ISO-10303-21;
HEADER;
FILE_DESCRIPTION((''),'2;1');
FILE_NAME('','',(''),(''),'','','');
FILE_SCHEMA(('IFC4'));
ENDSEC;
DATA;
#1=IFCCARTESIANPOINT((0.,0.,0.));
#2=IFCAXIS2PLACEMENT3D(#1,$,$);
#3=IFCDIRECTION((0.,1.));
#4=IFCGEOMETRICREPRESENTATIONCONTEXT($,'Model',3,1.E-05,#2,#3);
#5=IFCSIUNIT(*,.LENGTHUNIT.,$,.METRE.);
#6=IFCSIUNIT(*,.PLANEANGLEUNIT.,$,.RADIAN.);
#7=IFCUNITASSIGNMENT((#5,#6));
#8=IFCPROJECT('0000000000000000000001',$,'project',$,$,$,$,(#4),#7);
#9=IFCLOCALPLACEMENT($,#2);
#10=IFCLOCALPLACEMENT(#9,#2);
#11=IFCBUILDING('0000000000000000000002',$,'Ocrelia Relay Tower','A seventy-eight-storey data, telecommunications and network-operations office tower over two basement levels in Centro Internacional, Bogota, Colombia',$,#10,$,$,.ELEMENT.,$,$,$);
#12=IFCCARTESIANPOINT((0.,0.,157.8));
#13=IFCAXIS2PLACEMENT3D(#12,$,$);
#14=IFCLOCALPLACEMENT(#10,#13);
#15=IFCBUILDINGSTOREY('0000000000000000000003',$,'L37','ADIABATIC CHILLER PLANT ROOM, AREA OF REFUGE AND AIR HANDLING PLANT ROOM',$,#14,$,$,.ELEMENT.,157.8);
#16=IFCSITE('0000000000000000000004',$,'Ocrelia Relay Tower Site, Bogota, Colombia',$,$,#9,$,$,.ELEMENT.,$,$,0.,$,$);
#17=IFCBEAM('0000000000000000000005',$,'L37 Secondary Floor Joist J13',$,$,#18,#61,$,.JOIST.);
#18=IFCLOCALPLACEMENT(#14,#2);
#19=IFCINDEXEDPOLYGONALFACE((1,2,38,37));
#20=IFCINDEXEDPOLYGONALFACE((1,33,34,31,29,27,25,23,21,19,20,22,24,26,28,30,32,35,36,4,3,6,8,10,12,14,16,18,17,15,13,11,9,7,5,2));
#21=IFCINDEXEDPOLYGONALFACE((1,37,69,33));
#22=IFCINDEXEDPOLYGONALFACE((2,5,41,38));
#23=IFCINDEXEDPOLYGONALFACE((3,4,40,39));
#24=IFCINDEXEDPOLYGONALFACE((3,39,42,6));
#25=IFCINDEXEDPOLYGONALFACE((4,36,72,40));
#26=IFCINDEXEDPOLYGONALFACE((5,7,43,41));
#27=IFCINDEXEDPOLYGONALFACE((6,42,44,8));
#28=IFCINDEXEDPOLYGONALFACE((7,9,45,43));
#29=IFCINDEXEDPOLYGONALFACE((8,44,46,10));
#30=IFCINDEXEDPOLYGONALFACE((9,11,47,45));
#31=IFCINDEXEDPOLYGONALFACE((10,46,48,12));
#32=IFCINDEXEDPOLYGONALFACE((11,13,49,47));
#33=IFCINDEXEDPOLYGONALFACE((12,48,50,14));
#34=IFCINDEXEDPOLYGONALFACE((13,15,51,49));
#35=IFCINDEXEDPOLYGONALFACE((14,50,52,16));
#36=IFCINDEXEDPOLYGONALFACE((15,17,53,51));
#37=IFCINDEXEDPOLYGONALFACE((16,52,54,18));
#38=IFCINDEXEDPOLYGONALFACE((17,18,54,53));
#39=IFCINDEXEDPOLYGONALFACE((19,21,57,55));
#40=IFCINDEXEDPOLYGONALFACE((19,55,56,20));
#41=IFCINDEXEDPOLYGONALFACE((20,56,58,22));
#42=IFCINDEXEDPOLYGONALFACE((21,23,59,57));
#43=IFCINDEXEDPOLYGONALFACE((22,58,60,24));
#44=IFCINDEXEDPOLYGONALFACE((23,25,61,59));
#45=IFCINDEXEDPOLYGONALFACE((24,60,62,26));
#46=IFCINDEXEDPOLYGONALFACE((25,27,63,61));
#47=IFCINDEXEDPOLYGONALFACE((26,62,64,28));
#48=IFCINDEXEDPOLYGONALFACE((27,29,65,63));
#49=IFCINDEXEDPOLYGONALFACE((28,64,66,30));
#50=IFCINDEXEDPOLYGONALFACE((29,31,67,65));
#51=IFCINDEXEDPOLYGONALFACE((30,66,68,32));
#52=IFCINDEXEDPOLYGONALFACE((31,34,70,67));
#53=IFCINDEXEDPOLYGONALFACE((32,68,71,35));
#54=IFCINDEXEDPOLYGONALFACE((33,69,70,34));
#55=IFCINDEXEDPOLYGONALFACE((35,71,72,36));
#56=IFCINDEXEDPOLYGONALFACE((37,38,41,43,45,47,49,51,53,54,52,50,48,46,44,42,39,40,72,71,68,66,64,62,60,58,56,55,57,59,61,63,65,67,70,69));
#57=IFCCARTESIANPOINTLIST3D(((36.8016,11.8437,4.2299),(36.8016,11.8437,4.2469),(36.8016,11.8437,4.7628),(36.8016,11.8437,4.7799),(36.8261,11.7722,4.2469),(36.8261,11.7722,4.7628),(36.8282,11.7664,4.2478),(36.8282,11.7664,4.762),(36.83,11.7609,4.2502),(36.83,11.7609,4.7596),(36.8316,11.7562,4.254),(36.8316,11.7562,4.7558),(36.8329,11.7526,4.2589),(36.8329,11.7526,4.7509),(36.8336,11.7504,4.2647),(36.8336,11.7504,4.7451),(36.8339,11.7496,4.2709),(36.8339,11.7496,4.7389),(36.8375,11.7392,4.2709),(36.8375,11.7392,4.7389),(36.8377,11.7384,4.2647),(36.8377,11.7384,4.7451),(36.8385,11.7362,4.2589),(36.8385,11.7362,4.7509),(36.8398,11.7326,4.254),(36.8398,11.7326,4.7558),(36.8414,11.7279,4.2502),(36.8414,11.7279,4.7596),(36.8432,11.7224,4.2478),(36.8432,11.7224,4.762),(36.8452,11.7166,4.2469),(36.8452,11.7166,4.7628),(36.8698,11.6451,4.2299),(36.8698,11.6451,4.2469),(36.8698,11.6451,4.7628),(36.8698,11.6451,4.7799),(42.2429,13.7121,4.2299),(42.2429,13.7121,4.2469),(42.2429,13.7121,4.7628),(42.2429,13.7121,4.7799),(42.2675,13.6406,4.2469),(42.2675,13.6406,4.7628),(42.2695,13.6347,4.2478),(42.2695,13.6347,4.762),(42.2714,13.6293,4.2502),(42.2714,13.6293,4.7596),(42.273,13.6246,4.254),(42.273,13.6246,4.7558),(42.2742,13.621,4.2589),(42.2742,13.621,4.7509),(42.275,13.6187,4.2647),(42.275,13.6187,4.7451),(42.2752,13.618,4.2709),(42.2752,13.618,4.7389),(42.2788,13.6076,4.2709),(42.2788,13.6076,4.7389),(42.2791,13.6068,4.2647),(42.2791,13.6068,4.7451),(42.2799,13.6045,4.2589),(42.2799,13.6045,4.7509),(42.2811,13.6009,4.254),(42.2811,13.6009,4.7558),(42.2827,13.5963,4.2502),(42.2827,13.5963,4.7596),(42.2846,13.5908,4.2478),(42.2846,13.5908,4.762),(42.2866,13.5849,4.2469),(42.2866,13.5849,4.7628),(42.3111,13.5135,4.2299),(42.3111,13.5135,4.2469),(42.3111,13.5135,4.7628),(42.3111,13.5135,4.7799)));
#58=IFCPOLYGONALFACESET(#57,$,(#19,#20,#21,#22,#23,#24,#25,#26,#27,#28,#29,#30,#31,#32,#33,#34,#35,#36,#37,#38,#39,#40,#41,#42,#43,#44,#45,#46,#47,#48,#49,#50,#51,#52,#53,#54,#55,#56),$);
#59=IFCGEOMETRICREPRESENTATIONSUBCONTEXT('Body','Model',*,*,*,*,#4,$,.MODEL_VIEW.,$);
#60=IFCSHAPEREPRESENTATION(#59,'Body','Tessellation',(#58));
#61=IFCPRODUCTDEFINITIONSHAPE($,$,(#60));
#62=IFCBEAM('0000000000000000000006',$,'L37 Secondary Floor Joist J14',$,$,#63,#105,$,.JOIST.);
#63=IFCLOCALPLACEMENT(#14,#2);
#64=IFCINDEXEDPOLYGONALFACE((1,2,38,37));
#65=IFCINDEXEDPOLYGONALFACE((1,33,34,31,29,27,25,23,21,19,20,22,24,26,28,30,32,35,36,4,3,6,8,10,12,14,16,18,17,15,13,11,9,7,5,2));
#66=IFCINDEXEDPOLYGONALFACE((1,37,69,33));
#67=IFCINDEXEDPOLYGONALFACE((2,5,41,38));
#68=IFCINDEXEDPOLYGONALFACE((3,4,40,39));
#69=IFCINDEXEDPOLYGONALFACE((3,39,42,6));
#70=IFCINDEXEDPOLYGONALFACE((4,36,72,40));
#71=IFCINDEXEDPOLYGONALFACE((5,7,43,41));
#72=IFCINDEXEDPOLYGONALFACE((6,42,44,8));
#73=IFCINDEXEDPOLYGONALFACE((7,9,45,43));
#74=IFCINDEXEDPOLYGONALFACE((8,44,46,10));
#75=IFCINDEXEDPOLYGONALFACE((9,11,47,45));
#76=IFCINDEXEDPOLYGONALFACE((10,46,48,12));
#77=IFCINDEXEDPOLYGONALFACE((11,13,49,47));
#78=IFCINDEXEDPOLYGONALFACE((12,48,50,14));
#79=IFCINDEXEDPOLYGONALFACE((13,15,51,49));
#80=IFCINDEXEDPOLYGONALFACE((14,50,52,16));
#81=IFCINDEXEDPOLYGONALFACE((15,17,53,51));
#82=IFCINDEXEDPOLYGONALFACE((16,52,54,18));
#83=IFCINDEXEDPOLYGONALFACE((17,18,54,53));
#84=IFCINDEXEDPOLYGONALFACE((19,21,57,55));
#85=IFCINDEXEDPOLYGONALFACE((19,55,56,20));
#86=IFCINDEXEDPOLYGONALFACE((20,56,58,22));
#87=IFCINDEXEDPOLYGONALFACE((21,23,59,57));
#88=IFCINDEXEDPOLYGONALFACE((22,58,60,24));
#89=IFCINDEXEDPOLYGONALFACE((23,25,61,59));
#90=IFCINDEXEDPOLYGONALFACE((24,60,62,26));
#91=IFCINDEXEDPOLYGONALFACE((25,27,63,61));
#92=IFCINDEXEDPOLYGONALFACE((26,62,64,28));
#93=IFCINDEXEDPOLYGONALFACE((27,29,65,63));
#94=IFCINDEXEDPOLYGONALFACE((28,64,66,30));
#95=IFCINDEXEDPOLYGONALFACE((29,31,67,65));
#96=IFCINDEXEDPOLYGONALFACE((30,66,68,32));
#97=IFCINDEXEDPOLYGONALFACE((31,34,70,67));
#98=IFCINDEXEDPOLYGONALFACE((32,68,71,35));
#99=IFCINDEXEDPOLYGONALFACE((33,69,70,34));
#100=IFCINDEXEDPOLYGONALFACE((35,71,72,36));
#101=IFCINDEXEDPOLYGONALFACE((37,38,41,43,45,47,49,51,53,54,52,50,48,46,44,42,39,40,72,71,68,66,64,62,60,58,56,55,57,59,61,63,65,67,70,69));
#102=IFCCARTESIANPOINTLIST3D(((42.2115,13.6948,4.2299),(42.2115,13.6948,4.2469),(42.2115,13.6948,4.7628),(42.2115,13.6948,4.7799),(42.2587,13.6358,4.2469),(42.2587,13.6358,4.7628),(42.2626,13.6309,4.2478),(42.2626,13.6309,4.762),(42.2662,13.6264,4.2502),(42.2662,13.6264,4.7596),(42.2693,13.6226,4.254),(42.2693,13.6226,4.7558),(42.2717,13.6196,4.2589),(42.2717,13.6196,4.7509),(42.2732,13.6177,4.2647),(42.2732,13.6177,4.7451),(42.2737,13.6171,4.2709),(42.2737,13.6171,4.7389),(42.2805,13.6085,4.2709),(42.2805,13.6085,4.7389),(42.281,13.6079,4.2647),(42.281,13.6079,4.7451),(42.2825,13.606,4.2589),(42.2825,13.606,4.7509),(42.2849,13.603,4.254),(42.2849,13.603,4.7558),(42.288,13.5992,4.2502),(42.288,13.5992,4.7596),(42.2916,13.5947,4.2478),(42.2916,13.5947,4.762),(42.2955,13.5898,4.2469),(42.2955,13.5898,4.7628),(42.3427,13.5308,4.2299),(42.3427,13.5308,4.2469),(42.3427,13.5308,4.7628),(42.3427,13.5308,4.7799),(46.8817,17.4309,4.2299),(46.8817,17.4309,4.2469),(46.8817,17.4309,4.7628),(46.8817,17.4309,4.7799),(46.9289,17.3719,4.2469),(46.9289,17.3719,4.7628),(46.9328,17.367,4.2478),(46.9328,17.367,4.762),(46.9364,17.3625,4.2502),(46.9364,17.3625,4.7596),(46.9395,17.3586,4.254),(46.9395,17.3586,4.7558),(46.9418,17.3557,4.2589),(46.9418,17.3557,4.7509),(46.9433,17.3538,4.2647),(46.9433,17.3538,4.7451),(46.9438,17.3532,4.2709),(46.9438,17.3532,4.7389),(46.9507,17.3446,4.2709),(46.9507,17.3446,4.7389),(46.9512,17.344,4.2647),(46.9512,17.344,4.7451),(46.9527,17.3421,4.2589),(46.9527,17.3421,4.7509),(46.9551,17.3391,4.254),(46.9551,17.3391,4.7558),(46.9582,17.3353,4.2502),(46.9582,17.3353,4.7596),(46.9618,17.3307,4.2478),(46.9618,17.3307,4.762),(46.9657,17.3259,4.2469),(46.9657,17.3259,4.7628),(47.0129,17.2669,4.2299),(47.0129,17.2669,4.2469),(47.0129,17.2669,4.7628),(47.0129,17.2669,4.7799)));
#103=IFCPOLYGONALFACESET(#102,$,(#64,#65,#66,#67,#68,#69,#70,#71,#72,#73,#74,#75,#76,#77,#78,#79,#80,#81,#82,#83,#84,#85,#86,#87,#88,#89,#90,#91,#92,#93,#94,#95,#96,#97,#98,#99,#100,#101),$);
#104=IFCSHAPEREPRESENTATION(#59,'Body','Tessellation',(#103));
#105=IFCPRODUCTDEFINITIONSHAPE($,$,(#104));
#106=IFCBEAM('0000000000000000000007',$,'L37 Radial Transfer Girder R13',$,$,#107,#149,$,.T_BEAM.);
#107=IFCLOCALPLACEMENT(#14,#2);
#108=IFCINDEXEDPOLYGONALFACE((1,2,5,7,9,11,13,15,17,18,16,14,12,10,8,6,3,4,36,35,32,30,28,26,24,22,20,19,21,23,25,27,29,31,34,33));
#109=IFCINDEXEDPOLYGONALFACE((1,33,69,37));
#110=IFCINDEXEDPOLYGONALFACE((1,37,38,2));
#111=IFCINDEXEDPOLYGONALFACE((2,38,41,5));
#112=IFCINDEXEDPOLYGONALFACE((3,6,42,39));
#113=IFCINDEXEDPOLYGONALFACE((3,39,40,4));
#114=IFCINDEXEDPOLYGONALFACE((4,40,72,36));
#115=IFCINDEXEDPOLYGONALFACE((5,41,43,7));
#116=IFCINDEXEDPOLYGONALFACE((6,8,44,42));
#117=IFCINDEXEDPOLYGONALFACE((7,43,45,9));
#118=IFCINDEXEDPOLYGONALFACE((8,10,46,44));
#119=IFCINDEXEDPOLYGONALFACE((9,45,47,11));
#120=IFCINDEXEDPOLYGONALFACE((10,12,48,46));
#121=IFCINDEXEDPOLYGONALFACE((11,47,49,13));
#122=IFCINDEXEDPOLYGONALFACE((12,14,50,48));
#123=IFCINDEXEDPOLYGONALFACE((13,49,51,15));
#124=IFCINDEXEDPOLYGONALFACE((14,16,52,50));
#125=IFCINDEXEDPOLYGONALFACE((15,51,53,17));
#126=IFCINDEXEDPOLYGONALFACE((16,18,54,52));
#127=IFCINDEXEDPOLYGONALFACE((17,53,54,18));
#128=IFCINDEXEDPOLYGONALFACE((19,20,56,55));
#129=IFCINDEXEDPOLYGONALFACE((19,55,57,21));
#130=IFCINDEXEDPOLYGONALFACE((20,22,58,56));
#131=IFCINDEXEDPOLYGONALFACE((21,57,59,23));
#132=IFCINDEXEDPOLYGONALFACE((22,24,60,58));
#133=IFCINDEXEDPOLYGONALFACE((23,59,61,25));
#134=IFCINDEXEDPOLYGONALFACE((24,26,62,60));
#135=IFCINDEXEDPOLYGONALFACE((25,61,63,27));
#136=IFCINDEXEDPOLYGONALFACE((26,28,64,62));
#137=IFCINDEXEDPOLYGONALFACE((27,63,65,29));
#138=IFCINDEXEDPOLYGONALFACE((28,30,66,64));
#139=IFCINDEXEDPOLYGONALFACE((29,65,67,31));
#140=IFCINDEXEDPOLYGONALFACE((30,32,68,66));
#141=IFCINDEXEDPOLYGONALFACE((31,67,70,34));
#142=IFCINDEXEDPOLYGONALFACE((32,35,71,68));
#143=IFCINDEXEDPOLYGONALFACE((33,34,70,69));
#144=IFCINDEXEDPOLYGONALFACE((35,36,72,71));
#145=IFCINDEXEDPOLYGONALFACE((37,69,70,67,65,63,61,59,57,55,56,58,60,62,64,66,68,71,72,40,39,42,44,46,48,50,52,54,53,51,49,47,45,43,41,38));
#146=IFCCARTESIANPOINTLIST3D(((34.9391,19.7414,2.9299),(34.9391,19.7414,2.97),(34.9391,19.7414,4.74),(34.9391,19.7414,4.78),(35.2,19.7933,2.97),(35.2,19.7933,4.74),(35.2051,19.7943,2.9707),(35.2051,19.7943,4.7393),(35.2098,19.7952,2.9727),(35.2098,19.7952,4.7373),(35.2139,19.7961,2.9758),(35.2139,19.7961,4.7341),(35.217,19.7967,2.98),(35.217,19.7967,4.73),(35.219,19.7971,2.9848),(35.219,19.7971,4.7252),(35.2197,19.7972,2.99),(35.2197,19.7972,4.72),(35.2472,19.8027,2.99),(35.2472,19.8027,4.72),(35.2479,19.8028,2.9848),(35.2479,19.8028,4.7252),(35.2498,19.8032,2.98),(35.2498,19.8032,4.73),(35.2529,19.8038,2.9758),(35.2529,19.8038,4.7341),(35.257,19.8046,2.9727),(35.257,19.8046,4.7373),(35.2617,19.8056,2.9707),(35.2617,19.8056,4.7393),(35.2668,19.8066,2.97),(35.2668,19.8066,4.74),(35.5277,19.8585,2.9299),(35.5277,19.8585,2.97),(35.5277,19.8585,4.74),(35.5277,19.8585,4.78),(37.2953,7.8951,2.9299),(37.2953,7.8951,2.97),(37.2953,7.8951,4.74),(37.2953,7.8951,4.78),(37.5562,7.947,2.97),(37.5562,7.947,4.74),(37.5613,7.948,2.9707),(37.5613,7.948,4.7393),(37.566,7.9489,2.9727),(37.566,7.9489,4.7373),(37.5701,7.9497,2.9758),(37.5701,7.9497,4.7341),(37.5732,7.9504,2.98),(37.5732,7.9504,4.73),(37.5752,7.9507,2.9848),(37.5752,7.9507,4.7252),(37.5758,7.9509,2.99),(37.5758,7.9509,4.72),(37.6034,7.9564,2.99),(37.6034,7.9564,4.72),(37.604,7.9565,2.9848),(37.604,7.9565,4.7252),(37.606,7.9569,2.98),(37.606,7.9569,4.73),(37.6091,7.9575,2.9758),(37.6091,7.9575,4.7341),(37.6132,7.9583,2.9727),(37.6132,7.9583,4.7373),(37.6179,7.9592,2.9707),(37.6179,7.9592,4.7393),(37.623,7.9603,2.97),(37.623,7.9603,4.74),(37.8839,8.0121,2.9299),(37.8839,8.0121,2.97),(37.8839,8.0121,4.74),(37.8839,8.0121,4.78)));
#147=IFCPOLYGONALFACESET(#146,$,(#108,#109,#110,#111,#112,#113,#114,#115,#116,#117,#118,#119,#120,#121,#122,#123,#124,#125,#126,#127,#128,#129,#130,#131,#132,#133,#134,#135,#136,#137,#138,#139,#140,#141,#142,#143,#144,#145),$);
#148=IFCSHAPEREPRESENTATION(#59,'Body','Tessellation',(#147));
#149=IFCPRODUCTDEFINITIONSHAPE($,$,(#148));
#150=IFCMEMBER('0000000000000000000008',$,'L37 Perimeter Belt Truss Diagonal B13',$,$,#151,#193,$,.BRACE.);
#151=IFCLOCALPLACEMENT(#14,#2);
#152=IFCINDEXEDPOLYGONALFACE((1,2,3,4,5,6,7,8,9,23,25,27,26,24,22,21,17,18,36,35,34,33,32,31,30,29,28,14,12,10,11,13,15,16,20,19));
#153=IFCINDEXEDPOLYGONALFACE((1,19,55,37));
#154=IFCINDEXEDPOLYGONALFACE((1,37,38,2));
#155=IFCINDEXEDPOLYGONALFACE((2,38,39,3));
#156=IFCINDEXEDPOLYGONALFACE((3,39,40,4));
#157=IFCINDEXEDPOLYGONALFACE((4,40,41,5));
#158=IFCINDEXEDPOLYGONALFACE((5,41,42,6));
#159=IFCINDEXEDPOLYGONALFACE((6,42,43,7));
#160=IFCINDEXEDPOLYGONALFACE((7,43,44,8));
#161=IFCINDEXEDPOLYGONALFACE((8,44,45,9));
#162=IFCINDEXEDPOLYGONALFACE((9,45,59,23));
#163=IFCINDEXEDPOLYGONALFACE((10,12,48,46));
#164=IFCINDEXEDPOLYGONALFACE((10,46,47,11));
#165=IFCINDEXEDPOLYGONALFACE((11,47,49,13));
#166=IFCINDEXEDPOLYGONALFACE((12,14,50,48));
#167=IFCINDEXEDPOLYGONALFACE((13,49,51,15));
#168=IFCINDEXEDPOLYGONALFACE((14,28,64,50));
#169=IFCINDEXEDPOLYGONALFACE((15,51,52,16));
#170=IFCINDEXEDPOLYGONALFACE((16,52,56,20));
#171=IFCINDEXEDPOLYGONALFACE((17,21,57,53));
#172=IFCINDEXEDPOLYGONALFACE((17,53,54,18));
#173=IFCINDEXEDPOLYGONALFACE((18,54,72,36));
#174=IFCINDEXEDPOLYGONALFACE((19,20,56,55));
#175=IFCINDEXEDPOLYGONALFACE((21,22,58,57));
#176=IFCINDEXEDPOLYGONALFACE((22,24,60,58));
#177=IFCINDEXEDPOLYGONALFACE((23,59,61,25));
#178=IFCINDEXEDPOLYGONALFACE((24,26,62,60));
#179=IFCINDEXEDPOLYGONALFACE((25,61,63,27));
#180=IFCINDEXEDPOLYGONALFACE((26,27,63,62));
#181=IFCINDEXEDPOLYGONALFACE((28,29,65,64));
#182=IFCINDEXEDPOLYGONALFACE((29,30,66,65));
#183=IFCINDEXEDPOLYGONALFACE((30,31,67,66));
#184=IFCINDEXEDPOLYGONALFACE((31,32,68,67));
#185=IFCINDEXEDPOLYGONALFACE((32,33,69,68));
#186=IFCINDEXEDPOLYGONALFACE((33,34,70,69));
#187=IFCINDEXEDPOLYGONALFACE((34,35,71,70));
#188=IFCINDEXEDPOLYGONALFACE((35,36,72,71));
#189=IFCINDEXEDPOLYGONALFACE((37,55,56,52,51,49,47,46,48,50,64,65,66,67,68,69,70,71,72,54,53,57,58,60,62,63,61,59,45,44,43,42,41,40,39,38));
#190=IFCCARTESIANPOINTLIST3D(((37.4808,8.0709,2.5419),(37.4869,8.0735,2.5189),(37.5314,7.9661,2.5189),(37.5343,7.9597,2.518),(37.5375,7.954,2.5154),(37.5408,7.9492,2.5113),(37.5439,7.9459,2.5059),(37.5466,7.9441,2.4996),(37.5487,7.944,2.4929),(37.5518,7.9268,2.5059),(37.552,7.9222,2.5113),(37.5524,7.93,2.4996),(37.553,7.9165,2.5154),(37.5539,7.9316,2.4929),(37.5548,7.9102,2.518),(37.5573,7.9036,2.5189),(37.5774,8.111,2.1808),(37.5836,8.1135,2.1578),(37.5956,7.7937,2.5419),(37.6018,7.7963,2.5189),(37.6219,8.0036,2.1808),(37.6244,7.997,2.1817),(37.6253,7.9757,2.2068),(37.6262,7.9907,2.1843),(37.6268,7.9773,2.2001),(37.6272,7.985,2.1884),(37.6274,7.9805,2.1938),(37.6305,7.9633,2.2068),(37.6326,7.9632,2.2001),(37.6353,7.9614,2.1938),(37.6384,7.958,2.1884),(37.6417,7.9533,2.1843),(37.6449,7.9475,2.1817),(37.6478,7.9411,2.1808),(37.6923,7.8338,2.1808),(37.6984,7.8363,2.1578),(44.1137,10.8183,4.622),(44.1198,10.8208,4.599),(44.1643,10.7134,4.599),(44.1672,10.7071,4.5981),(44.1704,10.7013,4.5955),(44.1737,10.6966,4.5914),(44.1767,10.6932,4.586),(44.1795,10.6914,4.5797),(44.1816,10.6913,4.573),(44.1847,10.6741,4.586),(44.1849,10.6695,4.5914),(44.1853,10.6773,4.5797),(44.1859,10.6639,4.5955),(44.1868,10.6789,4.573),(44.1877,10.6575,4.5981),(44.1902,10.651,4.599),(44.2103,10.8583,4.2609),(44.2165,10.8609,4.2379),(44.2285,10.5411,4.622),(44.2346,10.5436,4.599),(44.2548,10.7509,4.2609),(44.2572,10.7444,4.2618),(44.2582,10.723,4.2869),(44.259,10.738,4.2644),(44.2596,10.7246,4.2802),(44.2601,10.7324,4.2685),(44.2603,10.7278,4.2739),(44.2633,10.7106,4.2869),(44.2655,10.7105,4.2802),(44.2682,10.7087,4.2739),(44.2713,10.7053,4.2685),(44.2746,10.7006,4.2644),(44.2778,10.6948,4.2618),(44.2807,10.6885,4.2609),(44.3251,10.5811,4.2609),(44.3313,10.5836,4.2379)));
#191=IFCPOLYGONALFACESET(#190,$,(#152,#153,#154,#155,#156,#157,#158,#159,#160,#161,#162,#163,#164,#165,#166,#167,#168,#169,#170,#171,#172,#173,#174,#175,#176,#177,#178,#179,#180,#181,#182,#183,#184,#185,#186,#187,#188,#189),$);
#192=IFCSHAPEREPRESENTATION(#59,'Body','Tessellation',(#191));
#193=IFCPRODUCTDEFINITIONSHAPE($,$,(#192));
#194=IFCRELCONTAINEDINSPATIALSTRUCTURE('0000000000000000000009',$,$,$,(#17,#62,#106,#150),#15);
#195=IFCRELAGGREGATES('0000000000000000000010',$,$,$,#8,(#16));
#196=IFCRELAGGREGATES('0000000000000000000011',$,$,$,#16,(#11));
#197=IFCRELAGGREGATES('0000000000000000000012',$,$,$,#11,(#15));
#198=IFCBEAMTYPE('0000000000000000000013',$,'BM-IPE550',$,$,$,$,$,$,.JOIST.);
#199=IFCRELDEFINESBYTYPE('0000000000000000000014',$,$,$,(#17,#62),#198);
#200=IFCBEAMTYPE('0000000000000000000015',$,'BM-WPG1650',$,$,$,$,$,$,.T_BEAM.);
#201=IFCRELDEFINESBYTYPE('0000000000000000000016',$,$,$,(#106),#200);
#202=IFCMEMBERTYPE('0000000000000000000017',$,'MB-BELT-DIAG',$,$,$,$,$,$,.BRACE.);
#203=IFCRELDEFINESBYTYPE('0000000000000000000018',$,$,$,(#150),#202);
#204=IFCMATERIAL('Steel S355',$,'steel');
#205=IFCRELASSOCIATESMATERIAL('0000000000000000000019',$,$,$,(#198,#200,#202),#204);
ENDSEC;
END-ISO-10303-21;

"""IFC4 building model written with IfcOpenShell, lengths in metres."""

from ifc_helpers import new_model, si_unit, direction, frame, origin, origin_2d, place, context, subcontext, project, spatial, i_section, extrude, material, material_profile, profile_set, type_object, element, save


model = new_model("IFC4")

# Units and contexts
model_context = context("Model", 3, precision=1e-05, world=origin(), true_north=direction((0.0, 1.0)))
body_context = subcontext(model_context, "Body", "Model", "MODEL_VIEW")
ifc_project = project(units=[si_unit("LENGTHUNIT", "METRE"), si_unit("PLANEANGLEUNIT", "RADIAN")], contexts=[model_context])

# Site, building, storey
site_placement = place(None, origin())
site = spatial("IfcSite", under=ifc_project, at=site_placement, Name="Ocrelia Relay Tower Site, Bogota, Colombia", CompositionType="ELEMENT", RefElevation=0.0)
building_placement = place(site_placement, origin())
building = spatial("IfcBuilding", under=site, at=building_placement, Name="Ocrelia Relay Tower", Description="A seventy-eight-storey data, telecommunications and network-operations office tower over two basement levels in Centro Internacional, Bogota, Colombia", CompositionType="ELEMENT")
storey_placement = place(building_placement, frame((0.0, 0.0, 157.8)))
storey = spatial("IfcBuildingStorey", under=building, at=storey_placement, Name="L37", Description="ADIABATIC CHILLER PLANT ROOM, AREA OF REFUGE AND AIR HANDLING PLANT ROOM", CompositionType="ELEMENT", Elevation=157.8)

# Beams
ifc_material_1 = material(Name="Steel S355", Category="steel")
ifc_material_profile_1 = material_profile(ifc_material_1, i_section(OverallWidth=0.21, OverallDepth=0.55, WebThickness=0.011, FlangeThickness=0.0171, FilletRadius=0.0239, at=origin_2d()), Name="IPE 550")
ifc_profile_set_1 = profile_set([ifc_material_profile_1], Name="Steel S355")
beam_type_1 = type_object("IfcBeamType", Name="BM-IPE550", PredefinedType="JOIST", material=ifc_profile_set_1)
beam_1_placement = place(storey_placement, frame((36.8357, 11.7444, 4.5049), z_axis=(0.945797, 0.324757, 0.0), x_axis=(-0.324757, 0.945797, 0.0)))
element("IfcBeam", 1, at=beam_1_placement, inside=storey, type_object=beam_type_1, Name="L37 Secondary Floor Joist J13", PredefinedType="JOIST", context=body_context, shape_type="SweptSolid", body=[
    extrude(i_section(OverallWidth=0.21, OverallDepth=0.55, WebThickness=0.011, FlangeThickness=0.0171, FilletRadius=0.0239, at=origin_2d()), origin(), (0.0, 0.0, 1.0), 5.7532),
])
beam_2_placement = place(storey_placement, frame((42.2771, 13.6128, 4.5049), z_axis=(0.780873, 0.62469, 0.0), x_axis=(-0.62469, 0.780873, 0.0)))
element("IfcBeam", 2, at=beam_2_placement, inside=storey, type_object=beam_type_1, Name="L37 Secondary Floor Joist J14", PredefinedType="JOIST", context=body_context, shape_type="SweptSolid", body=[
    extrude(i_section(OverallWidth=0.21, OverallDepth=0.55, WebThickness=0.011, FlangeThickness=0.0171, FilletRadius=0.0239, at=origin_2d()), origin(), (0.0, 0.0, 1.0), 5.9807),
])
ifc_material_profile_2 = material_profile(ifc_material_1, i_section(OverallWidth=0.6001, OverallDepth=1.8501, WebThickness=0.0281, FlangeThickness=0.04, FilletRadius=0.02, at=origin_2d()), Name="WPG 1850x600")
ifc_profile_set_2 = profile_set([ifc_material_profile_2], Name="Steel S355")
beam_type_2 = type_object("IfcBeamType", Name="BM-WPG1650", PredefinedType="T_BEAM", material=ifc_profile_set_2)
beam_3_placement = place(storey_placement, frame((37.5896, 7.9536, 3.855), z_axis=(-0.195074, 0.980788, 0.0), x_axis=(-0.980788, -0.195074, 0.0)))
element("IfcBeam", 3, at=beam_3_placement, inside=storey, type_object=beam_type_2, Name="L37 Radial Transfer Girder R13", PredefinedType="T_BEAM", context=body_context, shape_type="SweptSolid", body=[
    extrude(i_section(OverallWidth=0.6001, OverallDepth=1.8501, WebThickness=0.0281, FlangeThickness=0.04, FilletRadius=0.02, at=origin_2d()), origin(), (0.0, 0.0, 1.0), 12.0784),
])

# Member
ifc_material_profile_3 = material_profile(ifc_material_1, i_section(OverallWidth=0.3, OverallDepth=0.3999, WebThickness=0.0134, FlangeThickness=0.0239, FilletRadius=0.0271, at=origin_2d()), Name="HEB 400")
ifc_profile_set_3 = profile_set([ifc_material_profile_3], Name="Steel S355")
member_type_1 = type_object("IfcMemberType", Name="MB-BELT-DIAG", PredefinedType="BRACE", material=ifc_profile_set_3)
member_1_placement = place(storey_placement, frame((37.5896, 7.9536, 2.3499), z_axis=(0.887388, 0.367557, 0.278289), x_axis=(-0.382673, 0.923884, 0.0)))
element("IfcMember", 4, at=member_1_placement, inside=storey, type_object=member_type_1, Name="L37 Perimeter Belt Truss Diagonal B13", PredefinedType="BRACE", context=body_context, shape_type="SweptSolid", body=[
    extrude(i_section(OverallWidth=0.3, OverallDepth=0.3999, WebThickness=0.0134, FlangeThickness=0.0239, FilletRadius=0.0271, at=origin_2d()), origin(), (0.0, 0.0, 1.0), 7.4746),
])

save(model, "model.ifc")
